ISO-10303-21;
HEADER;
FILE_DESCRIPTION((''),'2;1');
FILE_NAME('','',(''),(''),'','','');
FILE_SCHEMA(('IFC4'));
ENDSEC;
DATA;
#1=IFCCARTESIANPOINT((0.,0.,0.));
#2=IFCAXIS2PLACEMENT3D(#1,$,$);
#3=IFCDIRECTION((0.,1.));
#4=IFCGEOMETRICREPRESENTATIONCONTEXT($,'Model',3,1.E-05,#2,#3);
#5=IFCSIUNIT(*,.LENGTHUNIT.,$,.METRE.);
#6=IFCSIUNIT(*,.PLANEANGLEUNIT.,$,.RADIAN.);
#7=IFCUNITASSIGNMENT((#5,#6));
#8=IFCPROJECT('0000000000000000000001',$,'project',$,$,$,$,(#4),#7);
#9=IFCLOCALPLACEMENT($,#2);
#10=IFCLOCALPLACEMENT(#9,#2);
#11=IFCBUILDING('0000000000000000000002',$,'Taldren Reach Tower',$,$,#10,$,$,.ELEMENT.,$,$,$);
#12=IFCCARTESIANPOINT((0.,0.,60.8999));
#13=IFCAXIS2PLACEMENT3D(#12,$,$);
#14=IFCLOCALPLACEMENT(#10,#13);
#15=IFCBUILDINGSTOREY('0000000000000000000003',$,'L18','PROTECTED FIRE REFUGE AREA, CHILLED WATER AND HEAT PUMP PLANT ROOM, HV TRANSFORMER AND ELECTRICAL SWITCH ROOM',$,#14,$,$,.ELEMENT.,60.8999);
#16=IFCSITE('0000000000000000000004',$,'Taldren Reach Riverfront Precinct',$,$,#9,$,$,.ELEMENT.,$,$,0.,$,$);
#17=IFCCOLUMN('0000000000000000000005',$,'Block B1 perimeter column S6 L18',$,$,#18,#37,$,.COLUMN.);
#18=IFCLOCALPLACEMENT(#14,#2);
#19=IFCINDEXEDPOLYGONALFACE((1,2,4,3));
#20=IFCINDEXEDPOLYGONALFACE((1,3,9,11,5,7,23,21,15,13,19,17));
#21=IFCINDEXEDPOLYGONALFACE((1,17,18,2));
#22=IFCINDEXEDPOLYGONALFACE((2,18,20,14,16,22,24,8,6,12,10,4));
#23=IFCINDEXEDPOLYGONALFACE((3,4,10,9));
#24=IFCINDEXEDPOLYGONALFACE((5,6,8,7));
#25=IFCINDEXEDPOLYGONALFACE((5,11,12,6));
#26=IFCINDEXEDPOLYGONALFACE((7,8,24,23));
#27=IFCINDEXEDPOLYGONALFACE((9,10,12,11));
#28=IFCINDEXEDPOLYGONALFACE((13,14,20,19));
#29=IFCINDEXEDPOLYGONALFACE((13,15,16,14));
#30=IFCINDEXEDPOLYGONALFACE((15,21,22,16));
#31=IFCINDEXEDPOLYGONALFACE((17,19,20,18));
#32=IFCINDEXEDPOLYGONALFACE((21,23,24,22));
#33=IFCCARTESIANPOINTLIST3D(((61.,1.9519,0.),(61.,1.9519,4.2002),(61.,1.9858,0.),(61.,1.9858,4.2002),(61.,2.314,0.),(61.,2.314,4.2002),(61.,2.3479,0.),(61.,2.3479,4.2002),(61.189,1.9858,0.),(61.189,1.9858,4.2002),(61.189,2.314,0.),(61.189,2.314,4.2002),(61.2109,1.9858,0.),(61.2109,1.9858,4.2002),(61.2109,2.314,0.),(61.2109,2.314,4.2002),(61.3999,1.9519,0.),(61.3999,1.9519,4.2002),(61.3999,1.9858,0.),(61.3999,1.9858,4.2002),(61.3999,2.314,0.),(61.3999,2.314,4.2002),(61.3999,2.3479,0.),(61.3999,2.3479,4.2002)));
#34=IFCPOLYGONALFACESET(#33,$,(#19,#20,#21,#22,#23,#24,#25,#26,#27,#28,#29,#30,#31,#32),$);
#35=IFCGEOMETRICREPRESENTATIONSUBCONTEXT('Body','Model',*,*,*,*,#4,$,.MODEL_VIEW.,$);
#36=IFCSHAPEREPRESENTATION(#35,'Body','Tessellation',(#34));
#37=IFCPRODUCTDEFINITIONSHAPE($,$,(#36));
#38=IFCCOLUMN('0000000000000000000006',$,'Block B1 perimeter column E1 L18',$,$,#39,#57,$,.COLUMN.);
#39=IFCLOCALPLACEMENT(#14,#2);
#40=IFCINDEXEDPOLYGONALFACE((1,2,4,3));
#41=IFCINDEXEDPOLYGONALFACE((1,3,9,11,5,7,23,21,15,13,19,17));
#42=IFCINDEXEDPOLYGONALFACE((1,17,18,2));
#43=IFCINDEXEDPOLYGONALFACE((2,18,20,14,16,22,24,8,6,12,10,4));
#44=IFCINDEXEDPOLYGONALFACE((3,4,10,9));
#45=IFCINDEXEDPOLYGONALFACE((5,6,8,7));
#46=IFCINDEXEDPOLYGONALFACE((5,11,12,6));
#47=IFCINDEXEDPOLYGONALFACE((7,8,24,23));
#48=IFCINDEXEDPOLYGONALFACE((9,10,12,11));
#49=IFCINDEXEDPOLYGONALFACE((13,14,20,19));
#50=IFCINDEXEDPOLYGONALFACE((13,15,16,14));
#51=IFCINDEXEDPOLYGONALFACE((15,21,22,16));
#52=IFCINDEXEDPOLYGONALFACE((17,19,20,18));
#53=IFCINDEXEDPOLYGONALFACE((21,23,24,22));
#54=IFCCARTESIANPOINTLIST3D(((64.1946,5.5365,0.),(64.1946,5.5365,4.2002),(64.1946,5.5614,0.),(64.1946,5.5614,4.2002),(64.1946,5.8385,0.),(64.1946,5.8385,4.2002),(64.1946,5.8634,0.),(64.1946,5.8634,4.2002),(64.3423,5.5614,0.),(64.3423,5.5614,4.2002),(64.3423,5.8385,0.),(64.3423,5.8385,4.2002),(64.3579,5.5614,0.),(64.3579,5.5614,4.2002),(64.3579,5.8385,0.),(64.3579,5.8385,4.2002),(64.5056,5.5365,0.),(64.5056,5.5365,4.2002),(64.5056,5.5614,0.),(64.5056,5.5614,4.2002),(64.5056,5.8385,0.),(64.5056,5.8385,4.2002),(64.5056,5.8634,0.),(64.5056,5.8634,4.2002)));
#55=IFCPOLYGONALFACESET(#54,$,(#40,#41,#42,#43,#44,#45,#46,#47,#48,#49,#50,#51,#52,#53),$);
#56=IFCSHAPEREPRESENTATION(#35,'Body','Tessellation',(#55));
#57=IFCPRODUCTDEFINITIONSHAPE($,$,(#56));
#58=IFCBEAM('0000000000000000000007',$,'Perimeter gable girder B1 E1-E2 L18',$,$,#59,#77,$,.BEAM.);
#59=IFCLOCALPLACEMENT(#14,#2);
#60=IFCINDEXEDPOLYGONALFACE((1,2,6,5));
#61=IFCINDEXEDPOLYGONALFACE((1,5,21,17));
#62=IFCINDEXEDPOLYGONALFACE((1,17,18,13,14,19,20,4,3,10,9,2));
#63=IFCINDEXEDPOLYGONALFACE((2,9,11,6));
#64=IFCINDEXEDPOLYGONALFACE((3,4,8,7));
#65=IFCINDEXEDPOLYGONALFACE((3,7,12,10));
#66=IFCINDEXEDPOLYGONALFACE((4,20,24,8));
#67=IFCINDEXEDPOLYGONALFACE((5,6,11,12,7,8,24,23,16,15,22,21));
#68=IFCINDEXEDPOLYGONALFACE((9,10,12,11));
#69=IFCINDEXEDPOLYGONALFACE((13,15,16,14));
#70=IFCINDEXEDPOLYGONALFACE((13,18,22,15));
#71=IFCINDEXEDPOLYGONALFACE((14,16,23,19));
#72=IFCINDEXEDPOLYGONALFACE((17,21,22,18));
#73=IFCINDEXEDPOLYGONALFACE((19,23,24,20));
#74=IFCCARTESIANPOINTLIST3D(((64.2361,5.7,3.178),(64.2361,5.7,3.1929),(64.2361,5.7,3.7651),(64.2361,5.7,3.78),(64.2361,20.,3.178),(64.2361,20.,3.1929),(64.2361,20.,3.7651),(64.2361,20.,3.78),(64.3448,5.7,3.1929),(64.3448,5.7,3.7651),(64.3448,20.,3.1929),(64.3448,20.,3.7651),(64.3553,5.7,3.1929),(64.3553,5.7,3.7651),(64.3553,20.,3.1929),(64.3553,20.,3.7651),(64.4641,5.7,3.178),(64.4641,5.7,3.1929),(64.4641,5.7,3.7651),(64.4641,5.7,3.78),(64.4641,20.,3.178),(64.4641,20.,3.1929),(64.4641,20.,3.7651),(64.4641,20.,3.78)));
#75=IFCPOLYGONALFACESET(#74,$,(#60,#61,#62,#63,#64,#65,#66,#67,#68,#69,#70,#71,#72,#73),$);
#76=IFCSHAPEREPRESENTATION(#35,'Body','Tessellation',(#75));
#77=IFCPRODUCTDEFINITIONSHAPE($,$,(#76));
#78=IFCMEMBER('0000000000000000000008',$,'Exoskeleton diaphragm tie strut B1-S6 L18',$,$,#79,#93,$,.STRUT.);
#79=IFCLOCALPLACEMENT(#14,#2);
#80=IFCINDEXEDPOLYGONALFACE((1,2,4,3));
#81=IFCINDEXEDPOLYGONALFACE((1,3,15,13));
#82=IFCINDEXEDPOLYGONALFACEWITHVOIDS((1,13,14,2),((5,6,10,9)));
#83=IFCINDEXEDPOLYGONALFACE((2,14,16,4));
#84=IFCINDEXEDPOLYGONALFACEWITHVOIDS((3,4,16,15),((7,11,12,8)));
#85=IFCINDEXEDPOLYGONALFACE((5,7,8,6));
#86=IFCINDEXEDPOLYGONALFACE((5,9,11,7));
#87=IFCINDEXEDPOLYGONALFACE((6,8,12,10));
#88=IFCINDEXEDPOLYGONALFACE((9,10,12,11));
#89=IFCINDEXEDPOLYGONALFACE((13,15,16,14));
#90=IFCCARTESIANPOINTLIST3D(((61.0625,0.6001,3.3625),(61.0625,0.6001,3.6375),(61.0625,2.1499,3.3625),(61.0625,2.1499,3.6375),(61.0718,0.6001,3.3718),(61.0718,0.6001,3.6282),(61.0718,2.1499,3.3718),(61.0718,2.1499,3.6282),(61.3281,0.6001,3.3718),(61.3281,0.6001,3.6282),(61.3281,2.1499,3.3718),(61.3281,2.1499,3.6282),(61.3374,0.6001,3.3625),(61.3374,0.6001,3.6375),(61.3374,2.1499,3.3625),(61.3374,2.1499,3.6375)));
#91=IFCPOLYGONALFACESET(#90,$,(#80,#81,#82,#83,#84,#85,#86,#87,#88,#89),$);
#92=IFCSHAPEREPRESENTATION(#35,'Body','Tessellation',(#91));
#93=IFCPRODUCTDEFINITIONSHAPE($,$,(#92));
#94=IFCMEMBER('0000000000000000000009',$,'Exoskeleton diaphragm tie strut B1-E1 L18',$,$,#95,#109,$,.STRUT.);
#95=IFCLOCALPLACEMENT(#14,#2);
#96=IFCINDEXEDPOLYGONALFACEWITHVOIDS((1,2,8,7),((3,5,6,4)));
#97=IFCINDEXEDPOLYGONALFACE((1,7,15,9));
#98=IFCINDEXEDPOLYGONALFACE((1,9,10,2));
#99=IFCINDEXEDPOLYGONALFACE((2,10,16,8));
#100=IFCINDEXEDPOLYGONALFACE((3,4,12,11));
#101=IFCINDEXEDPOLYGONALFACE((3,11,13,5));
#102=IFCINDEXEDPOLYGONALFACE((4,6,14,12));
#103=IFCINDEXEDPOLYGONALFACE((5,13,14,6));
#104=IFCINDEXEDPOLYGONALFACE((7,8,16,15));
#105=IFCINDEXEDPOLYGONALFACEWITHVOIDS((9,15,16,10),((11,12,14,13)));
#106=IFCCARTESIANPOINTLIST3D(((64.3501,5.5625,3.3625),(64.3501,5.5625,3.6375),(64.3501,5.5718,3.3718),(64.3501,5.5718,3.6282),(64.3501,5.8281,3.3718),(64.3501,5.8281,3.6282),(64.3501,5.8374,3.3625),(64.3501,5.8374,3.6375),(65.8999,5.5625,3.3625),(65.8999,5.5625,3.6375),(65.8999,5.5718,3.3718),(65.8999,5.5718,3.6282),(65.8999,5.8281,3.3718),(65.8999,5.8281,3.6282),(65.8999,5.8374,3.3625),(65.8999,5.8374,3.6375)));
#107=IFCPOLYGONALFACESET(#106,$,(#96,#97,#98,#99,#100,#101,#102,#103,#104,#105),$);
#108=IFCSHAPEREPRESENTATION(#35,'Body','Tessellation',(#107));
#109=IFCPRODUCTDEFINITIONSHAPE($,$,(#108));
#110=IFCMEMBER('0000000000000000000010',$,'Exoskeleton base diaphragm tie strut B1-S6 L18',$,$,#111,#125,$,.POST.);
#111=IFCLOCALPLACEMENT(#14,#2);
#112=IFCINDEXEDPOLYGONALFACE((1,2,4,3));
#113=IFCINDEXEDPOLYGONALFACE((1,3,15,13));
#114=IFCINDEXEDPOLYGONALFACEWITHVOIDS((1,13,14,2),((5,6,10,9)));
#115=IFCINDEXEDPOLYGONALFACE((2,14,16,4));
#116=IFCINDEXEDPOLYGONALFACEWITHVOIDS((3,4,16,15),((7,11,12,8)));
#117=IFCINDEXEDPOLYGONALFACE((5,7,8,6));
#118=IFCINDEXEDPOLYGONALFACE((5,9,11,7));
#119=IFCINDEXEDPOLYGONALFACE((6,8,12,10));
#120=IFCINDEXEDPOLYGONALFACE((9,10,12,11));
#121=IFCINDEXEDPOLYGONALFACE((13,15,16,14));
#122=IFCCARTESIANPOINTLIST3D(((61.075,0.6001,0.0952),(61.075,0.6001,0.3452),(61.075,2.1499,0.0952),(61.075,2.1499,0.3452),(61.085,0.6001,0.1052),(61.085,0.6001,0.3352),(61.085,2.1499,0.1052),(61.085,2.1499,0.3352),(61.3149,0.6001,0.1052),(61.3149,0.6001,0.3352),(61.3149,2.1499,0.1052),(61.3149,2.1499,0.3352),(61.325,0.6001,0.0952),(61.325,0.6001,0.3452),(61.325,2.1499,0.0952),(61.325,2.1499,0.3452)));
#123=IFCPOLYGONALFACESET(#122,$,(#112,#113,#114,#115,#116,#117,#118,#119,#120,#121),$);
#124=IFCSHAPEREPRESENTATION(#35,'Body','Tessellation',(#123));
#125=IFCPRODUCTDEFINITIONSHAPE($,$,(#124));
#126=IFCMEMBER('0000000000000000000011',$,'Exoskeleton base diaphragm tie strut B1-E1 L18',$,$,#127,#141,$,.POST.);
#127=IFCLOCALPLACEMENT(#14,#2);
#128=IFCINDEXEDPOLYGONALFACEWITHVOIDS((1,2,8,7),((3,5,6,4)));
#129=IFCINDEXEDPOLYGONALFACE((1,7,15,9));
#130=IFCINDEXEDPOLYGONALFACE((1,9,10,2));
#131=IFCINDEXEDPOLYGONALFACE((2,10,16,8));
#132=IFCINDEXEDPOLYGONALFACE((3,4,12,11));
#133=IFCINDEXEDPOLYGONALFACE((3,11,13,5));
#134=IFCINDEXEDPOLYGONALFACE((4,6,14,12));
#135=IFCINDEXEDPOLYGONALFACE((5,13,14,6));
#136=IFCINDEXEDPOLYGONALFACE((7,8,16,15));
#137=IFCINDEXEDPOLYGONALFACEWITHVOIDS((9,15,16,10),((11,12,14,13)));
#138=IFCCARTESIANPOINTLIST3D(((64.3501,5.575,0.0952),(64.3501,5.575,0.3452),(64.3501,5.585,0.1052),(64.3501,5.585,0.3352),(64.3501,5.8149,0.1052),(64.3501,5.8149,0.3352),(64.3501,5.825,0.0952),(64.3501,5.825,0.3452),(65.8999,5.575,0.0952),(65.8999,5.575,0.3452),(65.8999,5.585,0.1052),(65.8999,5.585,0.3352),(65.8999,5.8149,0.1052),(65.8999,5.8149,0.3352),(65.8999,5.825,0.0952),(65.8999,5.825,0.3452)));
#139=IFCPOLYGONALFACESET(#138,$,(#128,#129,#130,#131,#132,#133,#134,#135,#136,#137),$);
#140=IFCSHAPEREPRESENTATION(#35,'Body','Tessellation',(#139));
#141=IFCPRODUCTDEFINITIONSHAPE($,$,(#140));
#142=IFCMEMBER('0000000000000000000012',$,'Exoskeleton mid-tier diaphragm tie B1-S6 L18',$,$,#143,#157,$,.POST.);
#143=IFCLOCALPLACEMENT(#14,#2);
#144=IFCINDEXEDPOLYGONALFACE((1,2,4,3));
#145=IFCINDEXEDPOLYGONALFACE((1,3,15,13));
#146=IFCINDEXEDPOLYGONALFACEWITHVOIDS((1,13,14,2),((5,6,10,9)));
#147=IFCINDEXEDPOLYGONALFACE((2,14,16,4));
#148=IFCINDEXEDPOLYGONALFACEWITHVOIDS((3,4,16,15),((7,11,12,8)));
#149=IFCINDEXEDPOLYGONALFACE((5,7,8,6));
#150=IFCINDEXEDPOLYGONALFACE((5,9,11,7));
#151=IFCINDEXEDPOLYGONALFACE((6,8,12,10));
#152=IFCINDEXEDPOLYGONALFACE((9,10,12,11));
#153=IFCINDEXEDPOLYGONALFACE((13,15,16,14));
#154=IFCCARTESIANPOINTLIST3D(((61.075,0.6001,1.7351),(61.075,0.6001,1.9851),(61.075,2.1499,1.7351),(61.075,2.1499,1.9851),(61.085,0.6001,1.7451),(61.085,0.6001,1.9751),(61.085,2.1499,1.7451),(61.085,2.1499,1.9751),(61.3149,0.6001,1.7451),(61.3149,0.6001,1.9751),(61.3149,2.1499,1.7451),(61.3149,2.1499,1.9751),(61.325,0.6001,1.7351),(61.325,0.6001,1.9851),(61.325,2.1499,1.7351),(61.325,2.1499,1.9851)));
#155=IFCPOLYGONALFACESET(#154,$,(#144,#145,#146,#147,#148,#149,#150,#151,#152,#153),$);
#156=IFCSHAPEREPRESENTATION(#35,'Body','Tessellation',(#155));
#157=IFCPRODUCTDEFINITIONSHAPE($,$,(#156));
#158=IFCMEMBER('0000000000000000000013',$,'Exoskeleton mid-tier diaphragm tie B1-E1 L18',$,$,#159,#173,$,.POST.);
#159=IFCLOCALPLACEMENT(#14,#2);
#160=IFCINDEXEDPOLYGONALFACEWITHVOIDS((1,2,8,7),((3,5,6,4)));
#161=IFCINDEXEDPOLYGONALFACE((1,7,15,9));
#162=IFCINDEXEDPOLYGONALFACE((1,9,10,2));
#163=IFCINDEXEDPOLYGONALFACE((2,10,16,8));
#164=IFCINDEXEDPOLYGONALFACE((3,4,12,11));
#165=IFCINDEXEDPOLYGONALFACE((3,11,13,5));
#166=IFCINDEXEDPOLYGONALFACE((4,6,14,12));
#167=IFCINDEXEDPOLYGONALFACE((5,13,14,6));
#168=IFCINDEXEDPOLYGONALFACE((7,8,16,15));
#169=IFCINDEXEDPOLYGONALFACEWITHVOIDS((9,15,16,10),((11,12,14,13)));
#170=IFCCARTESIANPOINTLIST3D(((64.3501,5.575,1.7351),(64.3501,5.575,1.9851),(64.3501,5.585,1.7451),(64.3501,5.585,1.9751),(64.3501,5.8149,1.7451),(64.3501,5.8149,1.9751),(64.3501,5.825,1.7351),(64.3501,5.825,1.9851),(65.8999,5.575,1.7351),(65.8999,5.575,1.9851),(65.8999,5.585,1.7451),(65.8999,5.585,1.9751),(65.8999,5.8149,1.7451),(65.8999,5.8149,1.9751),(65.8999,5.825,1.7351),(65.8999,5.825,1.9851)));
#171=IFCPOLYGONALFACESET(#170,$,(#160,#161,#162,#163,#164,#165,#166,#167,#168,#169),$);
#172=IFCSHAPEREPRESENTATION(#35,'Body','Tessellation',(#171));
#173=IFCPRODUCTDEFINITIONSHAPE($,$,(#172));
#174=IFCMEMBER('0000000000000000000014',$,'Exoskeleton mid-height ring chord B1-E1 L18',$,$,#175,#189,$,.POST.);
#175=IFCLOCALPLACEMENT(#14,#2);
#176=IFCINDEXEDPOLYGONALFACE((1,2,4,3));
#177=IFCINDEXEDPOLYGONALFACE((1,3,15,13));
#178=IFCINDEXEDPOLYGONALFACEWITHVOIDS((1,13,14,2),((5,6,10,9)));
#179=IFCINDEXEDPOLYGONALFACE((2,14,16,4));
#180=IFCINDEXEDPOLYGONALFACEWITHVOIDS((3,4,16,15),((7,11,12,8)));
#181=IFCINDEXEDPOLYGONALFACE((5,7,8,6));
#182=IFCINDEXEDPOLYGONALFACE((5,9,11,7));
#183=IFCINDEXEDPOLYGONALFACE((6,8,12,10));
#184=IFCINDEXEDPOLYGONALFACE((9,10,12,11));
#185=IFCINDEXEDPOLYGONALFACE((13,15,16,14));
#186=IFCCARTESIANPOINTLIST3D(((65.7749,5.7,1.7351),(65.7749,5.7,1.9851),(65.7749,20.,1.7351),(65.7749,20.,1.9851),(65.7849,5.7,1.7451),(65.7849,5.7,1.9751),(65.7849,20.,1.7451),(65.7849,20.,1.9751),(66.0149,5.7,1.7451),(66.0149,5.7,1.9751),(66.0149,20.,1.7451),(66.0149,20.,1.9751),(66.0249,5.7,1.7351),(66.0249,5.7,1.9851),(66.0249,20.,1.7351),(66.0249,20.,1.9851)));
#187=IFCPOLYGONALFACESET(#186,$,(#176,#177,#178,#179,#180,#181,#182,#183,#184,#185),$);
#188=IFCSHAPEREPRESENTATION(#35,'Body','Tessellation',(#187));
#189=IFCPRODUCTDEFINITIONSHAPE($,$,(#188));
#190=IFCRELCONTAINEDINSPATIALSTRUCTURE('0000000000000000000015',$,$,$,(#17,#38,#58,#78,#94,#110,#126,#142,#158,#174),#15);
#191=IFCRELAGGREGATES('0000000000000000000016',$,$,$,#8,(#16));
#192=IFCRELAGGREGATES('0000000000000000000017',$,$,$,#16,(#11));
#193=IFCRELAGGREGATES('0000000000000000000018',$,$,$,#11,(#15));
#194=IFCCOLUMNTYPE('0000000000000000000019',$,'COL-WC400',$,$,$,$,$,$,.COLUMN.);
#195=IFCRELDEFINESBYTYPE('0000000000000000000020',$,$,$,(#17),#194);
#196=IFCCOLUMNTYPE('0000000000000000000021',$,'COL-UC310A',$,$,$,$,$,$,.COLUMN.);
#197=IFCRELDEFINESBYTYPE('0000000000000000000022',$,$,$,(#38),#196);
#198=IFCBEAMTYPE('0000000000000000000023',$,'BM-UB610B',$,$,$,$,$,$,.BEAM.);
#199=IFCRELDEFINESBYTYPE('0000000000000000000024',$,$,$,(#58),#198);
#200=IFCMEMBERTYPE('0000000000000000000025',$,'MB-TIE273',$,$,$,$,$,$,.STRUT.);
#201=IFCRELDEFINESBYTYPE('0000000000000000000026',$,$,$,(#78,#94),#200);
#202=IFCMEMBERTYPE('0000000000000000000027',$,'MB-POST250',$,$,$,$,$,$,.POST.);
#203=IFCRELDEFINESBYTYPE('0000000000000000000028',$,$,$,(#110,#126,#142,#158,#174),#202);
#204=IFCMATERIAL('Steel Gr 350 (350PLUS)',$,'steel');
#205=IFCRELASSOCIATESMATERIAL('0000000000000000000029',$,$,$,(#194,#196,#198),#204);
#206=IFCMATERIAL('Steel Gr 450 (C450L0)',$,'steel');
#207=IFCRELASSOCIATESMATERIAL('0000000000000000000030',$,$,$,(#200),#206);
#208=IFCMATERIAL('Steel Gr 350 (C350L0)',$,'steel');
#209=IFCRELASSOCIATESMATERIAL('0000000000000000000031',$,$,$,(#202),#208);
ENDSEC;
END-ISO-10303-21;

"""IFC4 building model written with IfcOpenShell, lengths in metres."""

from ifc_helpers import new_model, si_unit, direction, frame, origin, origin_2d, place, context, subcontext, project, spatial, hollow_rectangle, i_section, extrude, source, transform, mapped, material, material_profile, profile_set, type_object, element, save


model = new_model("IFC4")

# Units and contexts
model_context = context("Model", 3, precision=1e-05, world=origin(), true_north=direction((0.0, 1.0)))
body_context = subcontext(model_context, "Body", "Model", "MODEL_VIEW")
ifc_project = project(units=[si_unit("LENGTHUNIT", "METRE"), si_unit("PLANEANGLEUNIT", "RADIAN")], contexts=[model_context])

# Site, building, storey
site_placement = place(None, origin())
site = spatial("IfcSite", under=ifc_project, at=site_placement, Name="Taldren Reach Riverfront Precinct", CompositionType="ELEMENT", RefElevation=0.0)
building_placement = place(site_placement, origin())
building = spatial("IfcBuilding", under=site, at=building_placement, Name="Taldren Reach Tower", CompositionType="ELEMENT")
storey_placement = place(building_placement, frame((0.0, 0.0, 60.8999)))
storey = spatial("IfcBuildingStorey", under=building, at=storey_placement, Name="L18", Description="PROTECTED FIRE REFUGE AREA, CHILLED WATER AND HEAT PUMP PLANT ROOM, HV TRANSFORMER AND ELECTRICAL SWITCH ROOM", CompositionType="ELEMENT", Elevation=60.8999)

# Columns
ifc_material_1 = material(Name="Steel Gr 350 (350PLUS)", Category="steel")
ifc_material_profile_1 = material_profile(ifc_material_1, i_section(OverallWidth=0.3999, OverallDepth=0.396, WebThickness=0.022, FlangeThickness=0.0339, at=origin_2d()), Name="400WC270")
ifc_profile_set_1 = profile_set([ifc_material_profile_1], Name="Steel Gr 350 (350PLUS)")
column_type_1 = type_object("IfcColumnType", Name="COL-WC400", PredefinedType="COLUMN", material=ifc_profile_set_1)
shared_shape_1 = source(origin(), body_context, "Body", "SweptSolid", [
    extrude(i_section(OverallWidth=0.3999, OverallDepth=0.396, WebThickness=0.022, FlangeThickness=0.0339, at=origin_2d()), origin(), (0.0, 0.0, 1.0), 4.2002),
])
column_1_placement = place(storey_placement, frame((61.2, 2.1499, 0.0), z_axis=(0.0, 0.0, 1.0), x_axis=(1.0, 0.0, 0.0)))
element("IfcColumn", 1, at=column_1_placement, inside=storey, type_object=column_type_1, Name="Block B1 perimeter column S6 L18", PredefinedType="COLUMN", context=body_context, shape_type="MappedRepresentation", body=[
    mapped(shared_shape_1, transform((0.0, 0.0, 0.0), scale=1.0)),
])
ifc_material_profile_2 = material_profile(ifc_material_1, i_section(OverallWidth=0.311, OverallDepth=0.3269, WebThickness=0.0156, FlangeThickness=0.0249, at=origin_2d()), Name="310UC158")
ifc_profile_set_2 = profile_set([ifc_material_profile_2], Name="Steel Gr 350 (350PLUS)")
column_type_2 = type_object("IfcColumnType", Name="COL-UC310A", PredefinedType="COLUMN", material=ifc_profile_set_2)
shared_shape_2 = source(origin(), body_context, "Body", "SweptSolid", [
    extrude(i_section(OverallWidth=0.311, OverallDepth=0.3269, WebThickness=0.0156, FlangeThickness=0.0249, at=origin_2d()), origin(), (0.0, 0.0, 1.0), 4.2002),
])
column_2_placement = place(storey_placement, frame((64.3501, 5.7, 0.0), z_axis=(0.0, 0.0, 1.0), x_axis=(1.0, 0.0, 0.0)))
element("IfcColumn", 2, at=column_2_placement, inside=storey, type_object=column_type_2, Name="Block B1 perimeter column E1 L18", PredefinedType="COLUMN", context=body_context, shape_type="MappedRepresentation", body=[
    mapped(shared_shape_2, transform((0.0, 0.0, 0.0), scale=1.0)),
])

# Beam
ifc_material_profile_3 = material_profile(ifc_material_1, i_section(OverallWidth=0.228, OverallDepth=0.6021, WebThickness=0.0105, FlangeThickness=0.0149, at=origin_2d()), Name="610UB101")
ifc_profile_set_3 = profile_set([ifc_material_profile_3], Name="Steel Gr 350 (350PLUS)")
beam_type_1 = type_object("IfcBeamType", Name="BM-UB610B", PredefinedType="BEAM", material=ifc_profile_set_3)
shared_shape_3 = source(origin(), body_context, "Body", "SweptSolid", [
    extrude(i_section(OverallWidth=0.228, OverallDepth=0.6021, WebThickness=0.0105, FlangeThickness=0.0149, at=origin_2d()), origin(), (0.0, 0.0, 1.0), 14.3),
])
beam_1_placement = place(storey_placement, frame((64.3501, 5.7, 3.479), z_axis=(0.0, 1.0, 0.0), x_axis=(-1.0, 0.0, 0.0)))
element("IfcBeam", 3, at=beam_1_placement, inside=storey, type_object=beam_type_1, Name="Perimeter gable girder B1 E1-E2 L18", PredefinedType="BEAM", context=body_context, shape_type="MappedRepresentation", body=[
    mapped(shared_shape_3, transform((0.0, 0.0, 0.0), scale=1.0)),
])

# Members
ifc_material_2 = material(Name="Steel Gr 450 (C450L0)", Category="steel")
ifc_material_profile_4 = material_profile(ifc_material_2, hollow_rectangle(XDim=0.2749, YDim=0.2749, WallThickness=0.0093, at=origin_2d()), Name="275x275x9.3SHS")
ifc_profile_set_4 = profile_set([ifc_material_profile_4], Name="Steel Gr 450 (C450L0)")
member_type_1 = type_object("IfcMemberType", Name="MB-TIE273", PredefinedType="STRUT", material=ifc_profile_set_4)
shared_shape_4 = source(origin(), body_context, "Body", "SweptSolid", [
    extrude(hollow_rectangle(XDim=0.2749, YDim=0.2749, WallThickness=0.0093, at=origin_2d()), origin(), (0.0, 0.0, 1.0), 1.5498),
])
for number, where, z_axis, x_axis, name in (
    (4, (61.2, 2.1499, 3.5), (0.0, -1.0, 0.0), (1.0, 0.0, 0.0), "Exoskeleton diaphragm tie strut B1-S6 L18"),
    (5, (64.3501, 5.7, 3.5), (1.0, 0.0, 0.0), (0.0, 1.0, 0.0), "Exoskeleton diaphragm tie strut B1-E1 L18"),
):
    element("IfcMember", number, at=place(storey_placement, frame(where, z_axis=z_axis, x_axis=x_axis)), inside=storey, type_object=member_type_1, Name=name, PredefinedType="STRUT", context=body_context, shape_type="MappedRepresentation", body=[
        mapped(shared_shape_4, transform((0.0, 0.0, 0.0), scale=1.0)),
    ])
ifc_material_3 = material(Name="Steel Gr 350 (C350L0)", Category="steel")
ifc_material_profile_5 = material_profile(ifc_material_3, hollow_rectangle(XDim=0.25, YDim=0.25, WallThickness=0.01, at=origin_2d()), Name="250x250x10.0SHS")
ifc_profile_set_5 = profile_set([ifc_material_profile_5], Name="Steel Gr 350 (C350L0)")
member_type_2 = type_object("IfcMemberType", Name="MB-POST250", PredefinedType="POST", material=ifc_profile_set_5)
shared_shape_5 = source(origin(), body_context, "Body", "SweptSolid", [
    extrude(hollow_rectangle(XDim=0.25, YDim=0.25, WallThickness=0.01, at=origin_2d()), origin(), (0.0, 0.0, 1.0), 1.5498),
])
for number, where, z_axis, x_axis, name in (
    (6, (61.2, 2.1499, 0.2202), (0.0, -1.0, 0.0), (1.0, 0.0, 0.0), "Exoskeleton base diaphragm tie strut B1-S6 L18"),
    (7, (64.3501, 5.7, 0.2202), (1.0, 0.0, 0.0), (0.0, 1.0, 0.0), "Exoskeleton base diaphragm tie strut B1-E1 L18"),
    (8, (61.2, 2.1499, 1.8601), (0.0, -1.0, 0.0), (1.0, 0.0, 0.0), "Exoskeleton mid-tier diaphragm tie B1-S6 L18"),
    (9, (64.3501, 5.7, 1.8601), (1.0, 0.0, 0.0), (0.0, 1.0, 0.0), "Exoskeleton mid-tier diaphragm tie B1-E1 L18"),
):
    element("IfcMember", number, at=place(storey_placement, frame(where, z_axis=z_axis, x_axis=x_axis)), inside=storey, type_object=member_type_2, Name=name, PredefinedType="POST", context=body_context, shape_type="MappedRepresentation", body=[
        mapped(shared_shape_5, transform((0.0, 0.0, 0.0), scale=1.0)),
    ])
shared_shape_6 = source(origin(), body_context, "Body", "SweptSolid", [
    extrude(hollow_rectangle(XDim=0.25, YDim=0.25, WallThickness=0.01, at=origin_2d()), origin(), (0.0, 0.0, 1.0), 14.3),
])
member_1_placement = place(storey_placement, frame((65.8999, 5.7, 1.8601), z_axis=(0.0, 1.0, 0.0), x_axis=(-1.0, 0.0, 0.0)))
element("IfcMember", 10, at=member_1_placement, inside=storey, type_object=member_type_2, Name="Exoskeleton mid-height ring chord B1-E1 L18", PredefinedType="POST", context=body_context, shape_type="MappedRepresentation", body=[
    mapped(shared_shape_6, transform((0.0, 0.0, 0.0), scale=1.0)),
])

save(model, "model.ifc")
